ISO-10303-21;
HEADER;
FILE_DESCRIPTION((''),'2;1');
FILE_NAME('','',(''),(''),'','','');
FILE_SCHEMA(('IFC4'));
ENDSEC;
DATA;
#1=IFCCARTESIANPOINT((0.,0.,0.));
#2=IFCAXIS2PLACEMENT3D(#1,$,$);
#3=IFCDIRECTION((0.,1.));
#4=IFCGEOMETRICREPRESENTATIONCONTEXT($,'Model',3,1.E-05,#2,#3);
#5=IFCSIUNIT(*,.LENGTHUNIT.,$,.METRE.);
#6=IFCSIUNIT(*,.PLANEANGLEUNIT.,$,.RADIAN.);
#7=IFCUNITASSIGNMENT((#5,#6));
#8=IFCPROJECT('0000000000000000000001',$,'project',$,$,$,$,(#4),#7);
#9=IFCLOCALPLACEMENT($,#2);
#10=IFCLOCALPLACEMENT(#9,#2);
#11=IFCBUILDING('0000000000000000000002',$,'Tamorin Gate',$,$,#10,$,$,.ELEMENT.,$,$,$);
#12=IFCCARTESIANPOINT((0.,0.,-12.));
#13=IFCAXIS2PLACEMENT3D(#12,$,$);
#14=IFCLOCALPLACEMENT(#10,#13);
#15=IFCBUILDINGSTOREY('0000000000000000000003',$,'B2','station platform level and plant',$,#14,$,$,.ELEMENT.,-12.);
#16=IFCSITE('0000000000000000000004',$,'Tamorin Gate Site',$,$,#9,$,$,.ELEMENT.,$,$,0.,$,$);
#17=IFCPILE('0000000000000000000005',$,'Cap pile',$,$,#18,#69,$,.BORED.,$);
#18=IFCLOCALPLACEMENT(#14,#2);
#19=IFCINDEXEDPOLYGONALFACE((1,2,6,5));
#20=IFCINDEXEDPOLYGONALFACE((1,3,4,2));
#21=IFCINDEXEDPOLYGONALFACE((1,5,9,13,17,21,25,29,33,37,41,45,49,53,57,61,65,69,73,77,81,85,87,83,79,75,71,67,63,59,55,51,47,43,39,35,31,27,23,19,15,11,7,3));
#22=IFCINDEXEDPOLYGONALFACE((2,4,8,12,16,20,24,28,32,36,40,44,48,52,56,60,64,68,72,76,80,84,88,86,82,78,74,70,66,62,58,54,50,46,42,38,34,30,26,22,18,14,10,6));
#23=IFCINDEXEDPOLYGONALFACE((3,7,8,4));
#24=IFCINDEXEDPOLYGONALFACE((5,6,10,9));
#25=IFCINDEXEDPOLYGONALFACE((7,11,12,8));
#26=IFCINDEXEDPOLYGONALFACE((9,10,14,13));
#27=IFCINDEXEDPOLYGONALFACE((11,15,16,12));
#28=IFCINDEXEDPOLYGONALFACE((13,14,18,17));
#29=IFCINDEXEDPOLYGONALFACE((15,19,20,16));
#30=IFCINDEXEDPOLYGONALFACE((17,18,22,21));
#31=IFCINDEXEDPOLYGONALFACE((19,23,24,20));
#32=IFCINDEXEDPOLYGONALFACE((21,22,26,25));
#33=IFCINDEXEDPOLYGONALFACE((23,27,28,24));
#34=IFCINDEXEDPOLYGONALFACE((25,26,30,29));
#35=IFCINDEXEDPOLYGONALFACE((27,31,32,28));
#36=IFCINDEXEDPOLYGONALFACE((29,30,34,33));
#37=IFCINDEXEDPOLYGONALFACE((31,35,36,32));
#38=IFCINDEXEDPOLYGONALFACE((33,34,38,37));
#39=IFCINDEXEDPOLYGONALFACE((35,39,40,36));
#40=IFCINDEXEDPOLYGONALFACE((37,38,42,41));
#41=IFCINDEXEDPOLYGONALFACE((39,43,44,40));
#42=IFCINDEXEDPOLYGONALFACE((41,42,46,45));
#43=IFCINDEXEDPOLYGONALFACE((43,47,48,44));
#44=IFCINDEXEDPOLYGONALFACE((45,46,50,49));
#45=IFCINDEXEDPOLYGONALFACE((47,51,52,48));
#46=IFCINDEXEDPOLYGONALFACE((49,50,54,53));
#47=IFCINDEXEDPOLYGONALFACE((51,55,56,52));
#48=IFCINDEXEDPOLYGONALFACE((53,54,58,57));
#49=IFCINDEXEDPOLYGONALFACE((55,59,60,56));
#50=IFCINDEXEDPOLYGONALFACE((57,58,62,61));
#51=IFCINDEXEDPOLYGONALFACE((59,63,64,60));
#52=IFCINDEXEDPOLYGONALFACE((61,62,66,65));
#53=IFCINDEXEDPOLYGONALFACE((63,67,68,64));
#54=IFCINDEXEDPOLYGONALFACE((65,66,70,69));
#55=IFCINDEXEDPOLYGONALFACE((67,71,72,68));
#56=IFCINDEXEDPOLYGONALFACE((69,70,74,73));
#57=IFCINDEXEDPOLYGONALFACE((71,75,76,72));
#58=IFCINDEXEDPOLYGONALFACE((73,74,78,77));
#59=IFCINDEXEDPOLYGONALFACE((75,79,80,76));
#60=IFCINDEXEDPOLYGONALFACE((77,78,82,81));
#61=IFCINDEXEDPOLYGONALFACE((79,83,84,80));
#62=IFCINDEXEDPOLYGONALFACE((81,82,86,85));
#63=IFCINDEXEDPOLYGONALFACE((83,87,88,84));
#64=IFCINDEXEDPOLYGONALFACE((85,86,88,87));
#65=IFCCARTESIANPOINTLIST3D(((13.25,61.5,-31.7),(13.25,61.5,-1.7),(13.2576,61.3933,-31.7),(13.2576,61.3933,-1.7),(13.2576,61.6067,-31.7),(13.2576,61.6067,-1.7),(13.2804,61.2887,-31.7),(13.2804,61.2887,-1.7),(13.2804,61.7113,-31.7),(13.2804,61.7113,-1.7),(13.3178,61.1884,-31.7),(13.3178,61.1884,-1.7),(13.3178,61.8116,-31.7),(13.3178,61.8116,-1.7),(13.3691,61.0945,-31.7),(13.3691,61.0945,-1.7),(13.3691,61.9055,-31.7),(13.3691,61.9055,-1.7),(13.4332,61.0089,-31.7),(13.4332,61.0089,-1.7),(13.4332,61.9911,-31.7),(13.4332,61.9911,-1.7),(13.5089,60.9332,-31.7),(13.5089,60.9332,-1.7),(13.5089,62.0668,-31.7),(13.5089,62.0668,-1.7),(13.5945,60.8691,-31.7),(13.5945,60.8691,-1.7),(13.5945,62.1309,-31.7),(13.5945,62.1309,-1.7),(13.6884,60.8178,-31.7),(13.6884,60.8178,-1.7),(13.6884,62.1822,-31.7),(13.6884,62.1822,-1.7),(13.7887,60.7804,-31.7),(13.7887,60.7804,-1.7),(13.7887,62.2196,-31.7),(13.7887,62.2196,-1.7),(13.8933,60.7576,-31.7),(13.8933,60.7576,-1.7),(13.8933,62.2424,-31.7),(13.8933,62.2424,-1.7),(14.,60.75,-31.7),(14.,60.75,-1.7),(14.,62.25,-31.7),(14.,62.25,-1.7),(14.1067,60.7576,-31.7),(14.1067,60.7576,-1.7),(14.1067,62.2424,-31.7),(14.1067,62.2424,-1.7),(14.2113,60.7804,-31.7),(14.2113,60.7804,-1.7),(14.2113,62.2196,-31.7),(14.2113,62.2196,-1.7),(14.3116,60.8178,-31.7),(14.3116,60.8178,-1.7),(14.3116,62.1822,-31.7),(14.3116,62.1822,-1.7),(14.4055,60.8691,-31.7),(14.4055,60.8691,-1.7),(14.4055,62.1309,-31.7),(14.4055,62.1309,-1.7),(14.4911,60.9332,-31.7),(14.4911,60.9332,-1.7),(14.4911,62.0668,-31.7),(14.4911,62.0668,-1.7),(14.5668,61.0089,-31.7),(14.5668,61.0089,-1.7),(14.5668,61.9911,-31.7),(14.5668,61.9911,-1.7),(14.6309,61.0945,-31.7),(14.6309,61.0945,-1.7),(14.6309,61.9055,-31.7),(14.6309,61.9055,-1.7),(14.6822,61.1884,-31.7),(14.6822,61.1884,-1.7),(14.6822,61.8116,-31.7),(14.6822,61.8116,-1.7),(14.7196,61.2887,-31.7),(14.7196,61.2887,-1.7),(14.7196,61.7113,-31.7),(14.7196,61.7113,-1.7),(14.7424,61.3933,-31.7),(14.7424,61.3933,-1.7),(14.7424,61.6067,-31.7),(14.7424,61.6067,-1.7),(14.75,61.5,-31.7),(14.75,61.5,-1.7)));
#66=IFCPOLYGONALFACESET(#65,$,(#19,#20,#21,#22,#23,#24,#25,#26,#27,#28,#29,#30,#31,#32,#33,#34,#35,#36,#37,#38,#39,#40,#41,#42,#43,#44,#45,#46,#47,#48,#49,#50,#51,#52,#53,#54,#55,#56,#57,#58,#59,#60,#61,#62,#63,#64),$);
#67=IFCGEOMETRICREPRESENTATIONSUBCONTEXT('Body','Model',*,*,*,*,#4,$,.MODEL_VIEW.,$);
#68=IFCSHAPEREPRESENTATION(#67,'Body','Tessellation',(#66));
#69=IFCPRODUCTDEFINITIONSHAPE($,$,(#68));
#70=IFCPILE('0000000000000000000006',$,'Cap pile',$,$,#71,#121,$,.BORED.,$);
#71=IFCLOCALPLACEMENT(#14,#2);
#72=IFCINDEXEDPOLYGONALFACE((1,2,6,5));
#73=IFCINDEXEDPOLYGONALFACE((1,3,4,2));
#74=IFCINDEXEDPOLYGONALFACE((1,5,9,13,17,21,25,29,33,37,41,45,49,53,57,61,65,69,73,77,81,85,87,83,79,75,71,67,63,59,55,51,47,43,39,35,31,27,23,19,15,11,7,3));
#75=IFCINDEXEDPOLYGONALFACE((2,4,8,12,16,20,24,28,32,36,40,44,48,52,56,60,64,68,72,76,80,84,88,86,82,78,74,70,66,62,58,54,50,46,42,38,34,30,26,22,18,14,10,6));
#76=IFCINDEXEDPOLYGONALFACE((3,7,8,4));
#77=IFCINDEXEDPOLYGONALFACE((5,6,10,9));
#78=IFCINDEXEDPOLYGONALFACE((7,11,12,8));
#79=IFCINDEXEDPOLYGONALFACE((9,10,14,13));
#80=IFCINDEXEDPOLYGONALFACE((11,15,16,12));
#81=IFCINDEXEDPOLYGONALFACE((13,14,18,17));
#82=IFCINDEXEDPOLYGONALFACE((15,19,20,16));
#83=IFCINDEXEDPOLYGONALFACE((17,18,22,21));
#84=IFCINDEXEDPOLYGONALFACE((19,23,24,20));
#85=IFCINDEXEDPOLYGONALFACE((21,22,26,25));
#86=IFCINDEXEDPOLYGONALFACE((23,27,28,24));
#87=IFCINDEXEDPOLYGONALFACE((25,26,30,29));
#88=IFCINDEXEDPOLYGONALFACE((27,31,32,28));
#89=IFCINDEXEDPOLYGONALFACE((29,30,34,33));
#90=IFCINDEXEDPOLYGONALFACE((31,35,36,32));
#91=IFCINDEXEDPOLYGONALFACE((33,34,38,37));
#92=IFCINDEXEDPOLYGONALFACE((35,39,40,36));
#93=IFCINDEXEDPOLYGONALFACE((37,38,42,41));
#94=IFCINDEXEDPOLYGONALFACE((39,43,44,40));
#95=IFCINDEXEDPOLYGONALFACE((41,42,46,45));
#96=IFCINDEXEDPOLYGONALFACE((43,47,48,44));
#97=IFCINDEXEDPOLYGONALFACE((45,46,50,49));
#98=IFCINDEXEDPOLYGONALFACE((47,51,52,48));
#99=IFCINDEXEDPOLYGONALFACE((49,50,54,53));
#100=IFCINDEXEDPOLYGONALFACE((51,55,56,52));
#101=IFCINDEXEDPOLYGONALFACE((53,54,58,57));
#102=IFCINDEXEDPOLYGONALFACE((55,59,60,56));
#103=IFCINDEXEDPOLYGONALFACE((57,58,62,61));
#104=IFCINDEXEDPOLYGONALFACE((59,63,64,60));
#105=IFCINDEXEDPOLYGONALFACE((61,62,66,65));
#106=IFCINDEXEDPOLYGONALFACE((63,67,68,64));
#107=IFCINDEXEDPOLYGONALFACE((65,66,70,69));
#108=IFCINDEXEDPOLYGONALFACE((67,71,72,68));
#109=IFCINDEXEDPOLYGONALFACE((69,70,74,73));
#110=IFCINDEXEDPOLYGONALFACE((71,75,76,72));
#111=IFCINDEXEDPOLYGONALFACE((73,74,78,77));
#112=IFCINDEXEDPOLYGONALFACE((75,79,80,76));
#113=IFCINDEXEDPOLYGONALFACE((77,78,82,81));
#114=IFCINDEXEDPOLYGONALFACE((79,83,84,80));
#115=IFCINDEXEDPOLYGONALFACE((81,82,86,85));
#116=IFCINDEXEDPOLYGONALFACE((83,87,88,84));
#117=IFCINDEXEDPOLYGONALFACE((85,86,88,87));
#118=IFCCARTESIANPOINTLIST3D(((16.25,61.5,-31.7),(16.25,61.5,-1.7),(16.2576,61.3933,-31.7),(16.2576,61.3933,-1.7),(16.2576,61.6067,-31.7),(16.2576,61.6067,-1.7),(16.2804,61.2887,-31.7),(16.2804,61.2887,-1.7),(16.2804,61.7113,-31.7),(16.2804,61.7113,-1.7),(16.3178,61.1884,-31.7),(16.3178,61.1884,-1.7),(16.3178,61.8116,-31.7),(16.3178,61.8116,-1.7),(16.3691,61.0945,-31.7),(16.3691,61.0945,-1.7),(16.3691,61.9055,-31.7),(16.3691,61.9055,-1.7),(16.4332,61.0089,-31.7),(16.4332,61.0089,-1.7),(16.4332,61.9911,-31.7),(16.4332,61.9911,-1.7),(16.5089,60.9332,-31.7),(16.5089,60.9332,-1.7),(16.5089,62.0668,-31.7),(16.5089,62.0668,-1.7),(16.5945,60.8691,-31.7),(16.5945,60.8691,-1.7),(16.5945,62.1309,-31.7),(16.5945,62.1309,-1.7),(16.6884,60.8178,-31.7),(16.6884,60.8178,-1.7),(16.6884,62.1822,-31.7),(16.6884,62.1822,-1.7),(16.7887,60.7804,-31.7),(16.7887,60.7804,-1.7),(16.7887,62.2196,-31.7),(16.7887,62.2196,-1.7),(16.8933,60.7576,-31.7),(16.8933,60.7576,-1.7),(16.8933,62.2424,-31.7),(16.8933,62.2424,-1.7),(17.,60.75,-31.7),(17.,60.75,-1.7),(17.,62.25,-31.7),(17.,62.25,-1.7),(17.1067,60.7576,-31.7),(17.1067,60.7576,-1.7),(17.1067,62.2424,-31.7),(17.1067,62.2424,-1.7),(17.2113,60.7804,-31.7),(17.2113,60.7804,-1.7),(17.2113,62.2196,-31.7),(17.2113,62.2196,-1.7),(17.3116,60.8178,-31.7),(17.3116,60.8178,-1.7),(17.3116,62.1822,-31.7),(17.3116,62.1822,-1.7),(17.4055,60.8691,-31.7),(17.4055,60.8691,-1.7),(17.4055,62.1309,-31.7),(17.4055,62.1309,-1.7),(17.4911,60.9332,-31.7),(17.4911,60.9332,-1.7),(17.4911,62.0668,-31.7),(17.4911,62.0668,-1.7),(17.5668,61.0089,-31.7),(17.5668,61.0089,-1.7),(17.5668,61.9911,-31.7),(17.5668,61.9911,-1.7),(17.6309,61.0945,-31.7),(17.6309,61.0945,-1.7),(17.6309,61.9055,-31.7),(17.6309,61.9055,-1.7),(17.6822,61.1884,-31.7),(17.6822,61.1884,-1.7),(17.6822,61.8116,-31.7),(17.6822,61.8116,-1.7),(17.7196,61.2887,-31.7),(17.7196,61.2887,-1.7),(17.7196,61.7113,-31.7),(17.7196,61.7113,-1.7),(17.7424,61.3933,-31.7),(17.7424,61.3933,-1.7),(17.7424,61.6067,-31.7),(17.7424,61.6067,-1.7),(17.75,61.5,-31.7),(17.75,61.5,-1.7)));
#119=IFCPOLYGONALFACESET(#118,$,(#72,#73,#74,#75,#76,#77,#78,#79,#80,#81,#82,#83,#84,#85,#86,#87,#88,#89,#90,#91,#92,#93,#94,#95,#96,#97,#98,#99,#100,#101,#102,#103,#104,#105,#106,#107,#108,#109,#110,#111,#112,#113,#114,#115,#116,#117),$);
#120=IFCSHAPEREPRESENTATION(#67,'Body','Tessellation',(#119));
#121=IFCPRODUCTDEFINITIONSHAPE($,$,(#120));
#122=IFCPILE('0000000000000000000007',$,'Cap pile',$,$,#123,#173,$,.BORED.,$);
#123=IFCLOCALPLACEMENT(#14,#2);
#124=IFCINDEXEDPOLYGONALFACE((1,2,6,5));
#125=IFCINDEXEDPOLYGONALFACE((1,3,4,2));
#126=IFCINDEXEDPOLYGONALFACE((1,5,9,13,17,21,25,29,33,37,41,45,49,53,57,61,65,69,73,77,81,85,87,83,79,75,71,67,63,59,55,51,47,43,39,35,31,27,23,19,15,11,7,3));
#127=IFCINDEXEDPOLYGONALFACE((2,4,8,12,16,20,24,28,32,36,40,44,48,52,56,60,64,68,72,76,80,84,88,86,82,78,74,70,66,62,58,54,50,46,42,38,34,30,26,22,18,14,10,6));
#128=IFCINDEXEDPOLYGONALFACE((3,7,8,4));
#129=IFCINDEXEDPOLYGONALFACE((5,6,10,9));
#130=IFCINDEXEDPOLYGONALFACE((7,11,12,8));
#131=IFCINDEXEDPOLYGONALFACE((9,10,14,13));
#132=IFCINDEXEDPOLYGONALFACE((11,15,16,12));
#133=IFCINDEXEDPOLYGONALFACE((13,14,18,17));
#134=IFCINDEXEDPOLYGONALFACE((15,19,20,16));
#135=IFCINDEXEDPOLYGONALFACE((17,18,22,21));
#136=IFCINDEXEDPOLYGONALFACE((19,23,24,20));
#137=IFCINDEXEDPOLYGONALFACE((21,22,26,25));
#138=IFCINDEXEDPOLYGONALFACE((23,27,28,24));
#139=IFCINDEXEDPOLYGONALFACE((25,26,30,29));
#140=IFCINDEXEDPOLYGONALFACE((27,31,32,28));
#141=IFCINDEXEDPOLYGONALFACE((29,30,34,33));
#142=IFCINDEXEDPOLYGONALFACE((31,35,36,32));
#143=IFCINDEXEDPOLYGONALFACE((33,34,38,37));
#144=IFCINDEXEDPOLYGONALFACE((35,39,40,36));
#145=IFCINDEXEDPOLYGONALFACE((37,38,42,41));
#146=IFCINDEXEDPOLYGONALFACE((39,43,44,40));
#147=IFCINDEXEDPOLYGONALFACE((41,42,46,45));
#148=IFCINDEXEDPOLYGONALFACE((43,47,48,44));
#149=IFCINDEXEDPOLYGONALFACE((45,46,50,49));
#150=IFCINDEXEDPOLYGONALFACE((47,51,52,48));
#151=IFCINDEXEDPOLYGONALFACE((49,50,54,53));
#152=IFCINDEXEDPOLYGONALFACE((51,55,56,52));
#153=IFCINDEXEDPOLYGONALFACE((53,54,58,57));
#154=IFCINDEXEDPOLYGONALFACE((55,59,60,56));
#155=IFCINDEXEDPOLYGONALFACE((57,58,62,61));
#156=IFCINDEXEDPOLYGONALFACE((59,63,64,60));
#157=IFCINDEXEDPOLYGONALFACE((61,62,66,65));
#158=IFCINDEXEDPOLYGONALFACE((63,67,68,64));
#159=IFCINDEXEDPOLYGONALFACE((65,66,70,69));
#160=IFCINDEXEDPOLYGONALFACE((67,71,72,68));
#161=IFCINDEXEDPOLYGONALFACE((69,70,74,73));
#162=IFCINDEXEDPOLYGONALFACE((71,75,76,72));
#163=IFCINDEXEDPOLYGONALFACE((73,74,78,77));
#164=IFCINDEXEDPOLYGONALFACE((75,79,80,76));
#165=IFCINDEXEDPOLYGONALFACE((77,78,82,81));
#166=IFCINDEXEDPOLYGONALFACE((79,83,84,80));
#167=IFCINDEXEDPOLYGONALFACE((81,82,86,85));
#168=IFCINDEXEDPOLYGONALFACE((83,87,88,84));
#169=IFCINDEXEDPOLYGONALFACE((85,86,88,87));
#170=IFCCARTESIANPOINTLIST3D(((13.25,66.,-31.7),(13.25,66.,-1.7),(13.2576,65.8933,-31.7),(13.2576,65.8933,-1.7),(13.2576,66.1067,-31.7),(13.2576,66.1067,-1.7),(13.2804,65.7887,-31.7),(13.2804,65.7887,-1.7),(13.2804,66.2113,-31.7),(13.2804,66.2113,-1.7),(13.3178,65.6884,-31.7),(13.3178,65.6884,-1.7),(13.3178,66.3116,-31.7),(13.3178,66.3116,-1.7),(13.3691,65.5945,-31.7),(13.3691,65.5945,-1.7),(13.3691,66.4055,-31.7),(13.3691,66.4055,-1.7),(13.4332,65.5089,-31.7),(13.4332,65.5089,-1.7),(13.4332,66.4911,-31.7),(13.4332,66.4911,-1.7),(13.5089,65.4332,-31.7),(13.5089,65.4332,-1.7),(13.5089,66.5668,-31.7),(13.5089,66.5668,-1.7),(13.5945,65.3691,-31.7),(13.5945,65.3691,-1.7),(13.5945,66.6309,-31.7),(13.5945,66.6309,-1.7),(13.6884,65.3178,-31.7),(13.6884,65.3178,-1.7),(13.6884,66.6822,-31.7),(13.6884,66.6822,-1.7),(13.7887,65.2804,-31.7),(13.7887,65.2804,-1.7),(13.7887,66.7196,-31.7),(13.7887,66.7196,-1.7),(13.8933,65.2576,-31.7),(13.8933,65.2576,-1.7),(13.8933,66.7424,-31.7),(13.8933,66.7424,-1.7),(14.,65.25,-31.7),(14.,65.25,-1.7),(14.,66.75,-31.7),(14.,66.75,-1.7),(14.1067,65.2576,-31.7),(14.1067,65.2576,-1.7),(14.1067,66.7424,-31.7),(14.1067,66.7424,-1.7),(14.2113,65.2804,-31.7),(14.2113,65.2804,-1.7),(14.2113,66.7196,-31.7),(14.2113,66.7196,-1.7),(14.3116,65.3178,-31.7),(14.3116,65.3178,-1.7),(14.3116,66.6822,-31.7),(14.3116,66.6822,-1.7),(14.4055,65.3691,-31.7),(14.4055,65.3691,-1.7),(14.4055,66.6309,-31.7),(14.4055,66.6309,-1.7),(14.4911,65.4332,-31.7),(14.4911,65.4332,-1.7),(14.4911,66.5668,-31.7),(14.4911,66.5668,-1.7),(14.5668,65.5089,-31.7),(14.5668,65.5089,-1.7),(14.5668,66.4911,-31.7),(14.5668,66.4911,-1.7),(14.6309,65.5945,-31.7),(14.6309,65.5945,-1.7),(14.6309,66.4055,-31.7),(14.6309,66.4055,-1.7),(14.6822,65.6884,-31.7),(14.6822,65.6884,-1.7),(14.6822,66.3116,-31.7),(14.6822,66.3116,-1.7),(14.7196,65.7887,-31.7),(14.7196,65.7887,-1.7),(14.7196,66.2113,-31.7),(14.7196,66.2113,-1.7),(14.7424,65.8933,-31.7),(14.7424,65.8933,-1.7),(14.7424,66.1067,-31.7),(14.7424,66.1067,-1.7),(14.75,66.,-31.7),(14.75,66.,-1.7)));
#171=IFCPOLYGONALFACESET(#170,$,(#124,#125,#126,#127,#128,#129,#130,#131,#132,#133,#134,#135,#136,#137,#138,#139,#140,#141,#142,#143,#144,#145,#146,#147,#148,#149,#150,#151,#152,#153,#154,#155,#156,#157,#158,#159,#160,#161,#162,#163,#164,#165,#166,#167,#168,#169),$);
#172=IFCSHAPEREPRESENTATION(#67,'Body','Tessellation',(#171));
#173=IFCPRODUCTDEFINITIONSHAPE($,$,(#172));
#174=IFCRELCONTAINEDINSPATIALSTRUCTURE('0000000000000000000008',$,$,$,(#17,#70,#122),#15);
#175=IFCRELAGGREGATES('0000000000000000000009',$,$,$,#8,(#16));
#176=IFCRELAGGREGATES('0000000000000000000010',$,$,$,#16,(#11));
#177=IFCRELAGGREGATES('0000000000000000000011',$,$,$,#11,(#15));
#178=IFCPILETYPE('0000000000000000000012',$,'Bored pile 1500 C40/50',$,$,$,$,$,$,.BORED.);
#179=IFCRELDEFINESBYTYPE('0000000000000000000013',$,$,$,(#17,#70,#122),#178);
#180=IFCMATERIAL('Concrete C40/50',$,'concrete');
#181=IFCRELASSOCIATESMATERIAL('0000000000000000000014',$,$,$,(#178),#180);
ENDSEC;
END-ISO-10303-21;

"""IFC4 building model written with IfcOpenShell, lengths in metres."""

from ifc_helpers import new_model, si_unit, direction, frame, origin, origin_2d, place, context, subcontext, project, spatial, circle, extrude, material, material_profile, profile_set, type_object, element, save


model = new_model("IFC4")

# Units and contexts
model_context = context("Model", 3, precision=1e-05, world=origin(), true_north=direction((0.0, 1.0)))
body_context = subcontext(model_context, "Body", "Model", "MODEL_VIEW")
ifc_project = project(units=[si_unit("LENGTHUNIT", "METRE"), si_unit("PLANEANGLEUNIT", "RADIAN")], contexts=[model_context])

# Site, building, storey
site_placement = place(None, origin())
site = spatial("IfcSite", under=ifc_project, at=site_placement, Name="Tamorin Gate Site", CompositionType="ELEMENT", RefElevation=0.0)
building_placement = place(site_placement, origin())
building = spatial("IfcBuilding", under=site, at=building_placement, Name="Tamorin Gate", CompositionType="ELEMENT")
storey_placement = place(building_placement, frame((0.0, 0.0, -12.0)))
storey = spatial("IfcBuildingStorey", under=building, at=storey_placement, Name="B2", Description="station platform level and plant", CompositionType="ELEMENT", Elevation=-12.0)

# Piles
ifc_material_1 = material(Name="Concrete C40/50", Category="concrete")
ifc_material_profile_1 = material_profile(ifc_material_1, circle(Radius=0.75, at=origin_2d()))
ifc_profile_set_1 = profile_set([ifc_material_profile_1], Name="Concrete C40/50")
pile_type = type_object("IfcPileType", Name="Bored pile 1500 C40/50", PredefinedType="BORED", material=ifc_profile_set_1)
for number, where, z_axis, x_axis, name in (
    (1, (14.0, 61.5, -1.7), (0.0, 0.0, -1.0), (1.0, 0.0, 0.0), "Cap pile"),
    (2, (17.0, 61.5, -1.7), (0.0, 0.0, -1.0), (1.0, 0.0, 0.0), "Cap pile"),
    (3, (14.0, 66.0, -1.7), (0.0, 0.0, -1.0), (1.0, 0.0, 0.0), "Cap pile"),
):
    element("IfcPile", number, at=place(storey_placement, frame(where, z_axis=z_axis, x_axis=x_axis)), inside=storey, type_object=pile_type, Name=name, PredefinedType="BORED", context=body_context, shape_type="SweptSolid", body=[
        extrude(circle(Radius=0.75, at=origin_2d()), origin(), (0.0, 0.0, 1.0), 30.0),
    ])

save(model, "model.ifc")
